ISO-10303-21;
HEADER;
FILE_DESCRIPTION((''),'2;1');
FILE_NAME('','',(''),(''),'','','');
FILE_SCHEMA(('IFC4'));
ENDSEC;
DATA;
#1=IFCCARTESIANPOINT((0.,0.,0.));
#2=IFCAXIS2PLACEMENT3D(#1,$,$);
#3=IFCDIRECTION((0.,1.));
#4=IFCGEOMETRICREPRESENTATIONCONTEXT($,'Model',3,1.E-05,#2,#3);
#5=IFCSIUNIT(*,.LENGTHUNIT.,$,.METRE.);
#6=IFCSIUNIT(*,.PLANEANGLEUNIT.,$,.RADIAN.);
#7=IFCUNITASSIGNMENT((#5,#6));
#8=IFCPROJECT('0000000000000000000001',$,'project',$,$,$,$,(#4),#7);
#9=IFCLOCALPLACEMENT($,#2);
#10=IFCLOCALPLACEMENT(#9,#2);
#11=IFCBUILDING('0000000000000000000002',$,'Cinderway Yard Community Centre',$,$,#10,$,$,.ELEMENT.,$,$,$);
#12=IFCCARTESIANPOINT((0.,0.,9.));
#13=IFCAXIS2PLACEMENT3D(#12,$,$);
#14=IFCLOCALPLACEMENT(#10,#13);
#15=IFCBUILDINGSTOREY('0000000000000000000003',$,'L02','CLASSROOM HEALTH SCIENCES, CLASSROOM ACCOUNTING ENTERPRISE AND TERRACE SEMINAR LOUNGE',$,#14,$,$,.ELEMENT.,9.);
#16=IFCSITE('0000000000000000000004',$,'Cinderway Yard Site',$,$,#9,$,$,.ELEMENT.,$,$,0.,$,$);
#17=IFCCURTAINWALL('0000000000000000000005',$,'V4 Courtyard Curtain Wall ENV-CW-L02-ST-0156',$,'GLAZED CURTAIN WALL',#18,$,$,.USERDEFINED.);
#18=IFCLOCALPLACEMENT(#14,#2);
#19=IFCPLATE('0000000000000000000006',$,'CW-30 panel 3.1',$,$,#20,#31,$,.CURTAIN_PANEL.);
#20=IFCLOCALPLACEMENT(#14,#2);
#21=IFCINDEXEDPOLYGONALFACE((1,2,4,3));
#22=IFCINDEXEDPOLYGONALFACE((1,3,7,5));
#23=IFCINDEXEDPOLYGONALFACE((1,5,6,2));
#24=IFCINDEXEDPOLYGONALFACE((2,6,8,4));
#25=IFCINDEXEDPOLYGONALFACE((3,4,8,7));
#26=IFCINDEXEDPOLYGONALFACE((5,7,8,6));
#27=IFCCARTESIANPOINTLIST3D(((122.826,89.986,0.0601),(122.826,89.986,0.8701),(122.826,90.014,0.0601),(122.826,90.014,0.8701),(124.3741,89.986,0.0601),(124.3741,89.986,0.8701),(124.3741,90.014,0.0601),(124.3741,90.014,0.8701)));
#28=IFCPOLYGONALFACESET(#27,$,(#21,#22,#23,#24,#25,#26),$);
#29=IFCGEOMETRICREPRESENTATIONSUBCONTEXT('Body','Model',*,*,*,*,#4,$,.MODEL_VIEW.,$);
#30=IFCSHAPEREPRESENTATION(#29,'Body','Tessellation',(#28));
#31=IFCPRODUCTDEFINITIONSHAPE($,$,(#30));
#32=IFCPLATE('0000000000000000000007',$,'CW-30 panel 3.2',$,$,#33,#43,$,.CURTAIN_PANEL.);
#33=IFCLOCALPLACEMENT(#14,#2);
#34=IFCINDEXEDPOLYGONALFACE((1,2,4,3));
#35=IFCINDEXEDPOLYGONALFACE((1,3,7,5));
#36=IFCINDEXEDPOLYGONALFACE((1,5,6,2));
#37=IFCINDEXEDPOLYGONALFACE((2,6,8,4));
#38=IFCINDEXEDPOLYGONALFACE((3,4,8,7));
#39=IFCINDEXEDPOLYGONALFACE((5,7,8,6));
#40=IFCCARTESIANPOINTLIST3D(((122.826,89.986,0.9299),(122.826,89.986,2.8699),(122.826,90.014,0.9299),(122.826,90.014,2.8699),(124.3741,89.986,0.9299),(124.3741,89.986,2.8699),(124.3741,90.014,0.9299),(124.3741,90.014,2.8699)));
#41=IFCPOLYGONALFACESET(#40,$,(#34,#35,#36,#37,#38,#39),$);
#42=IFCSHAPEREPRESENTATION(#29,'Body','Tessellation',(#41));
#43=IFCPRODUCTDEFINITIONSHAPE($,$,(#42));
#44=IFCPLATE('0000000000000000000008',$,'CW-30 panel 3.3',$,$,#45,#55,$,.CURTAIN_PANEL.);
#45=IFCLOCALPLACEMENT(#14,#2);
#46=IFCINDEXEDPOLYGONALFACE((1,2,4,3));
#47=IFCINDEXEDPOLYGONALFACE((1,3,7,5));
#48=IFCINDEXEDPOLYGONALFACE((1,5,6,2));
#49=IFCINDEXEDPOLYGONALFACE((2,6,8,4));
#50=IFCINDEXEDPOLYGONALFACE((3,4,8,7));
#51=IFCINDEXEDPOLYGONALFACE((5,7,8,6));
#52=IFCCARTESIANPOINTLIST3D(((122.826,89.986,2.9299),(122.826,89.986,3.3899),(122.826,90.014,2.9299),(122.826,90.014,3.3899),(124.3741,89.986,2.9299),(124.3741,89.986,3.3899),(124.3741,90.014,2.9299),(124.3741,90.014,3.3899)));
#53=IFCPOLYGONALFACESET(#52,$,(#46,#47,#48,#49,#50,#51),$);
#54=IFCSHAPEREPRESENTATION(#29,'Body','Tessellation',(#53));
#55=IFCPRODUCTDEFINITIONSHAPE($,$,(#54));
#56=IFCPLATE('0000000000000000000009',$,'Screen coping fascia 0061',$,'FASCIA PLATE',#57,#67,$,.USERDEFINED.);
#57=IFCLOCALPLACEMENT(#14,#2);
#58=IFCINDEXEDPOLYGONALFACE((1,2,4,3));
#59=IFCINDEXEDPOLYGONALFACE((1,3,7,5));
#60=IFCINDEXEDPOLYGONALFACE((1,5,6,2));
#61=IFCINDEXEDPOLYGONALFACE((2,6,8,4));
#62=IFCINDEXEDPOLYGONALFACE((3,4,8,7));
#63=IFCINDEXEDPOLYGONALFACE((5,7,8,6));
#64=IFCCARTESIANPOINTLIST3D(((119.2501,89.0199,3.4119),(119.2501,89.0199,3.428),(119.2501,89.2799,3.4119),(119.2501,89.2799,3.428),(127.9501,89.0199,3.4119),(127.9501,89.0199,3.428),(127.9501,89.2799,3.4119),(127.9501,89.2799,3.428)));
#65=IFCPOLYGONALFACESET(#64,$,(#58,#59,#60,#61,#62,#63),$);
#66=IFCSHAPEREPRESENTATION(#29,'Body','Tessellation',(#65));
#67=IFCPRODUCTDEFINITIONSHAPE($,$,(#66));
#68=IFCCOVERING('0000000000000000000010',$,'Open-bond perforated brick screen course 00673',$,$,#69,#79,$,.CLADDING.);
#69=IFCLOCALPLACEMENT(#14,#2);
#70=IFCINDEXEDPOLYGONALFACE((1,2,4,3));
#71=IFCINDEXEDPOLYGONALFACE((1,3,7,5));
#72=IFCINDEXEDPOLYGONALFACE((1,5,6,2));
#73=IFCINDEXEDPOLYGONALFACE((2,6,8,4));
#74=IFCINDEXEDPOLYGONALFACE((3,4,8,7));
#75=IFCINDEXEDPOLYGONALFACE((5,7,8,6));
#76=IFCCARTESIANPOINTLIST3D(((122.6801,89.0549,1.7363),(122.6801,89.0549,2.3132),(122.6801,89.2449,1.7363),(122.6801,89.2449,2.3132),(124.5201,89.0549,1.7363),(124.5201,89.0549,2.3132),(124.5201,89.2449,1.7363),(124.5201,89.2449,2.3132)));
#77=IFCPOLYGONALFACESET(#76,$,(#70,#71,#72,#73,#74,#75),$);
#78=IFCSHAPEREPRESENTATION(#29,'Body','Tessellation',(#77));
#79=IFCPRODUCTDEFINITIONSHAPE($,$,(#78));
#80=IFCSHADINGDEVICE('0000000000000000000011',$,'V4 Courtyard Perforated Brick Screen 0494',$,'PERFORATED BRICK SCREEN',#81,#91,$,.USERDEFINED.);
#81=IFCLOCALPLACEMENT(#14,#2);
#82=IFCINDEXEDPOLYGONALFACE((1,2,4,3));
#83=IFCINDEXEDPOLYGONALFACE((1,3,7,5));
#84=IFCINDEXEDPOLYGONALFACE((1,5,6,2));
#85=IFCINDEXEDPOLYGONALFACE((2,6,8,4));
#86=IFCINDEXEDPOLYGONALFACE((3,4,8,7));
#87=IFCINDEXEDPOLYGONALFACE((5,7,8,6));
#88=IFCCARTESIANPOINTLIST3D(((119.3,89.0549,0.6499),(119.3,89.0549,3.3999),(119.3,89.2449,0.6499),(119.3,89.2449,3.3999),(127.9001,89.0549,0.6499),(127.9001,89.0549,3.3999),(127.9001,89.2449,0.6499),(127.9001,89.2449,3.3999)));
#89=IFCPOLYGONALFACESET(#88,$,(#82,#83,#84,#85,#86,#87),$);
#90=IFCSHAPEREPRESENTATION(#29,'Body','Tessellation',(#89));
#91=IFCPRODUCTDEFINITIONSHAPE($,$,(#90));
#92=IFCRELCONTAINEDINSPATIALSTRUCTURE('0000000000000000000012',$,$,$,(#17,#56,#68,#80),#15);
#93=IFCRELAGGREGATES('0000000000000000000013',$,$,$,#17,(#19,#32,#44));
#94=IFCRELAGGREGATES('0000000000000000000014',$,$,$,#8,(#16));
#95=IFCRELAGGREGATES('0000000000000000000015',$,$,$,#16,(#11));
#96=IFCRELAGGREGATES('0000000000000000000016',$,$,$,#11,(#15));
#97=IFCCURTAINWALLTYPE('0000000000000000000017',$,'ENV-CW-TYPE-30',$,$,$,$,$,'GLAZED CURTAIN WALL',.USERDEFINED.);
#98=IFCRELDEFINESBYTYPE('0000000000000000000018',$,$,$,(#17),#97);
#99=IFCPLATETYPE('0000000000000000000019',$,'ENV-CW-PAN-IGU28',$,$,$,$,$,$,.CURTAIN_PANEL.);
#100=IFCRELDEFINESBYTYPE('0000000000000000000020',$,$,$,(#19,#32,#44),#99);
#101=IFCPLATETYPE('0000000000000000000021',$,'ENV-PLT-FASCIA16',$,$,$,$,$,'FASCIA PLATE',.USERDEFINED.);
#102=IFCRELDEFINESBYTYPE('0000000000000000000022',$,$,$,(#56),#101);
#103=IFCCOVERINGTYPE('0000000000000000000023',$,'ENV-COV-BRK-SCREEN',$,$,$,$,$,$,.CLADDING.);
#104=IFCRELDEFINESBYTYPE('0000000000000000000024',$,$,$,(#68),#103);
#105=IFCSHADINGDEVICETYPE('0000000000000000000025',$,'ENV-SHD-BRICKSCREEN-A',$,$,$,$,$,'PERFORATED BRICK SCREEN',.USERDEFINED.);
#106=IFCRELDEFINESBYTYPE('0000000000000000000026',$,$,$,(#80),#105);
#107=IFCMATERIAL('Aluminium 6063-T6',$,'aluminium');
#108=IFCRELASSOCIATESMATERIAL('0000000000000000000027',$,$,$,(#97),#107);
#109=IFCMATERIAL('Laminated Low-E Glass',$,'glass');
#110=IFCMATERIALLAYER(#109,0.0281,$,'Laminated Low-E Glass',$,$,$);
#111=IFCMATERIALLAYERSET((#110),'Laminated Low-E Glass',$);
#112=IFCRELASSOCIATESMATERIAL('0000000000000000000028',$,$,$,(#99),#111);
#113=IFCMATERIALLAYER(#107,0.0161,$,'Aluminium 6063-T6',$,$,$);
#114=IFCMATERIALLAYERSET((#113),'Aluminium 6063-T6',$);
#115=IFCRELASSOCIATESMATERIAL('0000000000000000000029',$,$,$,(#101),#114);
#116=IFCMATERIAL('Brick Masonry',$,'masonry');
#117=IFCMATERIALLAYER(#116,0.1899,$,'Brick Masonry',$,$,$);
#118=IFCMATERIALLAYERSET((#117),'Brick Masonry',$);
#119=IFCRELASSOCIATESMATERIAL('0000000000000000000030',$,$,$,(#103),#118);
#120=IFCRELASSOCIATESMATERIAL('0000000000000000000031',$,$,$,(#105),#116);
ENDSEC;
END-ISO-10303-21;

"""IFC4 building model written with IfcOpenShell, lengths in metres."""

from ifc_helpers import new_model, si_unit, direction, frame, origin, origin_2d, place, context, subcontext, project, spatial, rectangle, extrude, material, layer, layer_set, type_object, element, aggregate, save


model = new_model("IFC4")

# Units and contexts
model_context = context("Model", 3, precision=1e-05, world=origin(), true_north=direction((0.0, 1.0)))
body_context = subcontext(model_context, "Body", "Model", "MODEL_VIEW")
ifc_project = project(units=[si_unit("LENGTHUNIT", "METRE"), si_unit("PLANEANGLEUNIT", "RADIAN")], contexts=[model_context])

# Site, building, storey
site_placement = place(None, origin())
site = spatial("IfcSite", under=ifc_project, at=site_placement, Name="Cinderway Yard Site", CompositionType="ELEMENT", RefElevation=0.0)
building_placement = place(site_placement, origin())
building = spatial("IfcBuilding", under=site, at=building_placement, Name="Cinderway Yard Community Centre", CompositionType="ELEMENT")
storey_placement = place(building_placement, frame((0.0, 0.0, 9.0)))
storey = spatial("IfcBuildingStorey", under=building, at=storey_placement, Name="L02", Description="CLASSROOM HEALTH SCIENCES, CLASSROOM ACCOUNTING ENTERPRISE AND TERRACE SEMINAR LOUNGE", CompositionType="ELEMENT", Elevation=9.0)

# Curtain wall
ifc_material_1 = material(Name="Aluminium 6063-T6", Category="aluminium")
curtain_wall_type = type_object("IfcCurtainWallType", Name="ENV-CW-TYPE-30", ElementType="GLAZED CURTAIN WALL", PredefinedType="USERDEFINED", material=ifc_material_1)
curtain_wall_placement = place(storey_placement, origin())
curtain_wall = element("IfcCurtainWall", 1, at=curtain_wall_placement, inside=storey, type_object=curtain_wall_type, Name="V4 Courtyard Curtain Wall ENV-CW-L02-ST-0156", ObjectType="GLAZED CURTAIN WALL", PredefinedType="USERDEFINED")

# Plates
ifc_material_2 = material(Name="Laminated Low-E Glass", Category="glass")
ifc_layer_1 = layer(ifc_material_2, 0.0281, Name="Laminated Low-E Glass")
ifc_layer_set_1 = layer_set([ifc_layer_1], Name="Laminated Low-E Glass")
plate_type_1 = type_object("IfcPlateType", Name="ENV-CW-PAN-IGU28", PredefinedType="CURTAIN_PANEL", material=ifc_layer_set_1)
plate_1_placement = place(storey_placement, frame((123.6001, 90.0, 0.0601), z_axis=(0.0, 0.0, 1.0), x_axis=(1.0, 0.0, 0.0)))
plate_1 = element("IfcPlate", 2, at=plate_1_placement, type_object=plate_type_1, Name="CW-30 panel 3.1", PredefinedType="CURTAIN_PANEL", context=body_context, shape_type="SweptSolid", body=[
    extrude(rectangle(XDim=1.5481, YDim=0.0281, at=origin_2d()), origin(), (0.0, 0.0, 1.0), 0.8101),
])
plate_2_placement = place(storey_placement, frame((123.6001, 90.0, 0.9299), z_axis=(0.0, 0.0, 1.0), x_axis=(1.0, 0.0, 0.0)))
plate_2 = element("IfcPlate", 3, at=plate_2_placement, type_object=plate_type_1, Name="CW-30 panel 3.2", PredefinedType="CURTAIN_PANEL", context=body_context, shape_type="SweptSolid", body=[
    extrude(rectangle(XDim=1.5481, YDim=0.0281, at=origin_2d()), origin(), (0.0, 0.0, 1.0), 1.9399),
])
plate_3_placement = place(storey_placement, frame((123.6001, 90.0, 2.9299), z_axis=(0.0, 0.0, 1.0), x_axis=(1.0, 0.0, 0.0)))
plate_3 = element("IfcPlate", 4, at=plate_3_placement, type_object=plate_type_1, Name="CW-30 panel 3.3", PredefinedType="CURTAIN_PANEL", context=body_context, shape_type="SweptSolid", body=[
    extrude(rectangle(XDim=1.5481, YDim=0.0281, at=origin_2d()), origin(), (0.0, 0.0, 1.0), 0.46),
])
aggregate(curtain_wall, [plate_1, plate_2, plate_3])
ifc_layer_2 = layer(ifc_material_1, 0.0161, Name="Aluminium 6063-T6")
ifc_layer_set_2 = layer_set([ifc_layer_2], Name="Aluminium 6063-T6")
plate_type_2 = type_object("IfcPlateType", Name="ENV-PLT-FASCIA16", ElementType="FASCIA PLATE", PredefinedType="USERDEFINED", material=ifc_layer_set_2)
plate_4_placement = place(storey_placement, frame((123.6001, 89.1499, 3.4119), z_axis=(0.0, 0.0, 1.0), x_axis=(-1.0, 0.0, 0.0)))
element("IfcPlate", 5, at=plate_4_placement, inside=storey, type_object=plate_type_2, Name="Screen coping fascia 0061", ObjectType="FASCIA PLATE", PredefinedType="USERDEFINED", context=body_context, shape_type="SweptSolid", body=[
    extrude(rectangle(XDim=8.7, YDim=0.26, at=origin_2d()), origin(), (0.0, 0.0, 1.0), 0.0161),
])

# Covering
ifc_material_3 = material(Name="Brick Masonry", Category="masonry")
ifc_layer_3 = layer(ifc_material_3, 0.1899, Name="Brick Masonry")
ifc_layer_set_3 = layer_set([ifc_layer_3], Name="Brick Masonry")
covering_type = type_object("IfcCoveringType", Name="ENV-COV-BRK-SCREEN", PredefinedType="CLADDING", material=ifc_layer_set_3)
covering_placement = place(storey_placement, frame((123.6001, 89.1499, 1.7363), z_axis=(0.0, 0.0, 1.0), x_axis=(-1.0, 0.0, 0.0)))
element("IfcCovering", 6, at=covering_placement, inside=storey, type_object=covering_type, Name="Open-bond perforated brick screen course 00673", PredefinedType="CLADDING", context=body_context, shape_type="SweptSolid", body=[
    extrude(rectangle(XDim=1.8401, YDim=0.1899, at=origin_2d()), origin(), (0.0, 0.0, 1.0), 0.5769),
])

# Shading device
shading_device_type = type_object("IfcShadingDeviceType", Name="ENV-SHD-BRICKSCREEN-A", ElementType="PERFORATED BRICK SCREEN", PredefinedType="USERDEFINED", material=ifc_material_3)
shading_device_placement = place(storey_placement, frame((123.6001, 89.1499, 0.6499), z_axis=(0.0, 0.0, 1.0), x_axis=(-1.0, 0.0, 0.0)))
element("IfcShadingDevice", 7, at=shading_device_placement, inside=storey, type_object=shading_device_type, Name="V4 Courtyard Perforated Brick Screen 0494", ObjectType="PERFORATED BRICK SCREEN", PredefinedType="USERDEFINED", context=body_context, shape_type="SweptSolid", body=[
    extrude(rectangle(XDim=8.6001, YDim=0.1899, at=origin_2d()), origin(), (0.0, 0.0, 1.0), 2.75),
])

save(model, "model.ifc")
